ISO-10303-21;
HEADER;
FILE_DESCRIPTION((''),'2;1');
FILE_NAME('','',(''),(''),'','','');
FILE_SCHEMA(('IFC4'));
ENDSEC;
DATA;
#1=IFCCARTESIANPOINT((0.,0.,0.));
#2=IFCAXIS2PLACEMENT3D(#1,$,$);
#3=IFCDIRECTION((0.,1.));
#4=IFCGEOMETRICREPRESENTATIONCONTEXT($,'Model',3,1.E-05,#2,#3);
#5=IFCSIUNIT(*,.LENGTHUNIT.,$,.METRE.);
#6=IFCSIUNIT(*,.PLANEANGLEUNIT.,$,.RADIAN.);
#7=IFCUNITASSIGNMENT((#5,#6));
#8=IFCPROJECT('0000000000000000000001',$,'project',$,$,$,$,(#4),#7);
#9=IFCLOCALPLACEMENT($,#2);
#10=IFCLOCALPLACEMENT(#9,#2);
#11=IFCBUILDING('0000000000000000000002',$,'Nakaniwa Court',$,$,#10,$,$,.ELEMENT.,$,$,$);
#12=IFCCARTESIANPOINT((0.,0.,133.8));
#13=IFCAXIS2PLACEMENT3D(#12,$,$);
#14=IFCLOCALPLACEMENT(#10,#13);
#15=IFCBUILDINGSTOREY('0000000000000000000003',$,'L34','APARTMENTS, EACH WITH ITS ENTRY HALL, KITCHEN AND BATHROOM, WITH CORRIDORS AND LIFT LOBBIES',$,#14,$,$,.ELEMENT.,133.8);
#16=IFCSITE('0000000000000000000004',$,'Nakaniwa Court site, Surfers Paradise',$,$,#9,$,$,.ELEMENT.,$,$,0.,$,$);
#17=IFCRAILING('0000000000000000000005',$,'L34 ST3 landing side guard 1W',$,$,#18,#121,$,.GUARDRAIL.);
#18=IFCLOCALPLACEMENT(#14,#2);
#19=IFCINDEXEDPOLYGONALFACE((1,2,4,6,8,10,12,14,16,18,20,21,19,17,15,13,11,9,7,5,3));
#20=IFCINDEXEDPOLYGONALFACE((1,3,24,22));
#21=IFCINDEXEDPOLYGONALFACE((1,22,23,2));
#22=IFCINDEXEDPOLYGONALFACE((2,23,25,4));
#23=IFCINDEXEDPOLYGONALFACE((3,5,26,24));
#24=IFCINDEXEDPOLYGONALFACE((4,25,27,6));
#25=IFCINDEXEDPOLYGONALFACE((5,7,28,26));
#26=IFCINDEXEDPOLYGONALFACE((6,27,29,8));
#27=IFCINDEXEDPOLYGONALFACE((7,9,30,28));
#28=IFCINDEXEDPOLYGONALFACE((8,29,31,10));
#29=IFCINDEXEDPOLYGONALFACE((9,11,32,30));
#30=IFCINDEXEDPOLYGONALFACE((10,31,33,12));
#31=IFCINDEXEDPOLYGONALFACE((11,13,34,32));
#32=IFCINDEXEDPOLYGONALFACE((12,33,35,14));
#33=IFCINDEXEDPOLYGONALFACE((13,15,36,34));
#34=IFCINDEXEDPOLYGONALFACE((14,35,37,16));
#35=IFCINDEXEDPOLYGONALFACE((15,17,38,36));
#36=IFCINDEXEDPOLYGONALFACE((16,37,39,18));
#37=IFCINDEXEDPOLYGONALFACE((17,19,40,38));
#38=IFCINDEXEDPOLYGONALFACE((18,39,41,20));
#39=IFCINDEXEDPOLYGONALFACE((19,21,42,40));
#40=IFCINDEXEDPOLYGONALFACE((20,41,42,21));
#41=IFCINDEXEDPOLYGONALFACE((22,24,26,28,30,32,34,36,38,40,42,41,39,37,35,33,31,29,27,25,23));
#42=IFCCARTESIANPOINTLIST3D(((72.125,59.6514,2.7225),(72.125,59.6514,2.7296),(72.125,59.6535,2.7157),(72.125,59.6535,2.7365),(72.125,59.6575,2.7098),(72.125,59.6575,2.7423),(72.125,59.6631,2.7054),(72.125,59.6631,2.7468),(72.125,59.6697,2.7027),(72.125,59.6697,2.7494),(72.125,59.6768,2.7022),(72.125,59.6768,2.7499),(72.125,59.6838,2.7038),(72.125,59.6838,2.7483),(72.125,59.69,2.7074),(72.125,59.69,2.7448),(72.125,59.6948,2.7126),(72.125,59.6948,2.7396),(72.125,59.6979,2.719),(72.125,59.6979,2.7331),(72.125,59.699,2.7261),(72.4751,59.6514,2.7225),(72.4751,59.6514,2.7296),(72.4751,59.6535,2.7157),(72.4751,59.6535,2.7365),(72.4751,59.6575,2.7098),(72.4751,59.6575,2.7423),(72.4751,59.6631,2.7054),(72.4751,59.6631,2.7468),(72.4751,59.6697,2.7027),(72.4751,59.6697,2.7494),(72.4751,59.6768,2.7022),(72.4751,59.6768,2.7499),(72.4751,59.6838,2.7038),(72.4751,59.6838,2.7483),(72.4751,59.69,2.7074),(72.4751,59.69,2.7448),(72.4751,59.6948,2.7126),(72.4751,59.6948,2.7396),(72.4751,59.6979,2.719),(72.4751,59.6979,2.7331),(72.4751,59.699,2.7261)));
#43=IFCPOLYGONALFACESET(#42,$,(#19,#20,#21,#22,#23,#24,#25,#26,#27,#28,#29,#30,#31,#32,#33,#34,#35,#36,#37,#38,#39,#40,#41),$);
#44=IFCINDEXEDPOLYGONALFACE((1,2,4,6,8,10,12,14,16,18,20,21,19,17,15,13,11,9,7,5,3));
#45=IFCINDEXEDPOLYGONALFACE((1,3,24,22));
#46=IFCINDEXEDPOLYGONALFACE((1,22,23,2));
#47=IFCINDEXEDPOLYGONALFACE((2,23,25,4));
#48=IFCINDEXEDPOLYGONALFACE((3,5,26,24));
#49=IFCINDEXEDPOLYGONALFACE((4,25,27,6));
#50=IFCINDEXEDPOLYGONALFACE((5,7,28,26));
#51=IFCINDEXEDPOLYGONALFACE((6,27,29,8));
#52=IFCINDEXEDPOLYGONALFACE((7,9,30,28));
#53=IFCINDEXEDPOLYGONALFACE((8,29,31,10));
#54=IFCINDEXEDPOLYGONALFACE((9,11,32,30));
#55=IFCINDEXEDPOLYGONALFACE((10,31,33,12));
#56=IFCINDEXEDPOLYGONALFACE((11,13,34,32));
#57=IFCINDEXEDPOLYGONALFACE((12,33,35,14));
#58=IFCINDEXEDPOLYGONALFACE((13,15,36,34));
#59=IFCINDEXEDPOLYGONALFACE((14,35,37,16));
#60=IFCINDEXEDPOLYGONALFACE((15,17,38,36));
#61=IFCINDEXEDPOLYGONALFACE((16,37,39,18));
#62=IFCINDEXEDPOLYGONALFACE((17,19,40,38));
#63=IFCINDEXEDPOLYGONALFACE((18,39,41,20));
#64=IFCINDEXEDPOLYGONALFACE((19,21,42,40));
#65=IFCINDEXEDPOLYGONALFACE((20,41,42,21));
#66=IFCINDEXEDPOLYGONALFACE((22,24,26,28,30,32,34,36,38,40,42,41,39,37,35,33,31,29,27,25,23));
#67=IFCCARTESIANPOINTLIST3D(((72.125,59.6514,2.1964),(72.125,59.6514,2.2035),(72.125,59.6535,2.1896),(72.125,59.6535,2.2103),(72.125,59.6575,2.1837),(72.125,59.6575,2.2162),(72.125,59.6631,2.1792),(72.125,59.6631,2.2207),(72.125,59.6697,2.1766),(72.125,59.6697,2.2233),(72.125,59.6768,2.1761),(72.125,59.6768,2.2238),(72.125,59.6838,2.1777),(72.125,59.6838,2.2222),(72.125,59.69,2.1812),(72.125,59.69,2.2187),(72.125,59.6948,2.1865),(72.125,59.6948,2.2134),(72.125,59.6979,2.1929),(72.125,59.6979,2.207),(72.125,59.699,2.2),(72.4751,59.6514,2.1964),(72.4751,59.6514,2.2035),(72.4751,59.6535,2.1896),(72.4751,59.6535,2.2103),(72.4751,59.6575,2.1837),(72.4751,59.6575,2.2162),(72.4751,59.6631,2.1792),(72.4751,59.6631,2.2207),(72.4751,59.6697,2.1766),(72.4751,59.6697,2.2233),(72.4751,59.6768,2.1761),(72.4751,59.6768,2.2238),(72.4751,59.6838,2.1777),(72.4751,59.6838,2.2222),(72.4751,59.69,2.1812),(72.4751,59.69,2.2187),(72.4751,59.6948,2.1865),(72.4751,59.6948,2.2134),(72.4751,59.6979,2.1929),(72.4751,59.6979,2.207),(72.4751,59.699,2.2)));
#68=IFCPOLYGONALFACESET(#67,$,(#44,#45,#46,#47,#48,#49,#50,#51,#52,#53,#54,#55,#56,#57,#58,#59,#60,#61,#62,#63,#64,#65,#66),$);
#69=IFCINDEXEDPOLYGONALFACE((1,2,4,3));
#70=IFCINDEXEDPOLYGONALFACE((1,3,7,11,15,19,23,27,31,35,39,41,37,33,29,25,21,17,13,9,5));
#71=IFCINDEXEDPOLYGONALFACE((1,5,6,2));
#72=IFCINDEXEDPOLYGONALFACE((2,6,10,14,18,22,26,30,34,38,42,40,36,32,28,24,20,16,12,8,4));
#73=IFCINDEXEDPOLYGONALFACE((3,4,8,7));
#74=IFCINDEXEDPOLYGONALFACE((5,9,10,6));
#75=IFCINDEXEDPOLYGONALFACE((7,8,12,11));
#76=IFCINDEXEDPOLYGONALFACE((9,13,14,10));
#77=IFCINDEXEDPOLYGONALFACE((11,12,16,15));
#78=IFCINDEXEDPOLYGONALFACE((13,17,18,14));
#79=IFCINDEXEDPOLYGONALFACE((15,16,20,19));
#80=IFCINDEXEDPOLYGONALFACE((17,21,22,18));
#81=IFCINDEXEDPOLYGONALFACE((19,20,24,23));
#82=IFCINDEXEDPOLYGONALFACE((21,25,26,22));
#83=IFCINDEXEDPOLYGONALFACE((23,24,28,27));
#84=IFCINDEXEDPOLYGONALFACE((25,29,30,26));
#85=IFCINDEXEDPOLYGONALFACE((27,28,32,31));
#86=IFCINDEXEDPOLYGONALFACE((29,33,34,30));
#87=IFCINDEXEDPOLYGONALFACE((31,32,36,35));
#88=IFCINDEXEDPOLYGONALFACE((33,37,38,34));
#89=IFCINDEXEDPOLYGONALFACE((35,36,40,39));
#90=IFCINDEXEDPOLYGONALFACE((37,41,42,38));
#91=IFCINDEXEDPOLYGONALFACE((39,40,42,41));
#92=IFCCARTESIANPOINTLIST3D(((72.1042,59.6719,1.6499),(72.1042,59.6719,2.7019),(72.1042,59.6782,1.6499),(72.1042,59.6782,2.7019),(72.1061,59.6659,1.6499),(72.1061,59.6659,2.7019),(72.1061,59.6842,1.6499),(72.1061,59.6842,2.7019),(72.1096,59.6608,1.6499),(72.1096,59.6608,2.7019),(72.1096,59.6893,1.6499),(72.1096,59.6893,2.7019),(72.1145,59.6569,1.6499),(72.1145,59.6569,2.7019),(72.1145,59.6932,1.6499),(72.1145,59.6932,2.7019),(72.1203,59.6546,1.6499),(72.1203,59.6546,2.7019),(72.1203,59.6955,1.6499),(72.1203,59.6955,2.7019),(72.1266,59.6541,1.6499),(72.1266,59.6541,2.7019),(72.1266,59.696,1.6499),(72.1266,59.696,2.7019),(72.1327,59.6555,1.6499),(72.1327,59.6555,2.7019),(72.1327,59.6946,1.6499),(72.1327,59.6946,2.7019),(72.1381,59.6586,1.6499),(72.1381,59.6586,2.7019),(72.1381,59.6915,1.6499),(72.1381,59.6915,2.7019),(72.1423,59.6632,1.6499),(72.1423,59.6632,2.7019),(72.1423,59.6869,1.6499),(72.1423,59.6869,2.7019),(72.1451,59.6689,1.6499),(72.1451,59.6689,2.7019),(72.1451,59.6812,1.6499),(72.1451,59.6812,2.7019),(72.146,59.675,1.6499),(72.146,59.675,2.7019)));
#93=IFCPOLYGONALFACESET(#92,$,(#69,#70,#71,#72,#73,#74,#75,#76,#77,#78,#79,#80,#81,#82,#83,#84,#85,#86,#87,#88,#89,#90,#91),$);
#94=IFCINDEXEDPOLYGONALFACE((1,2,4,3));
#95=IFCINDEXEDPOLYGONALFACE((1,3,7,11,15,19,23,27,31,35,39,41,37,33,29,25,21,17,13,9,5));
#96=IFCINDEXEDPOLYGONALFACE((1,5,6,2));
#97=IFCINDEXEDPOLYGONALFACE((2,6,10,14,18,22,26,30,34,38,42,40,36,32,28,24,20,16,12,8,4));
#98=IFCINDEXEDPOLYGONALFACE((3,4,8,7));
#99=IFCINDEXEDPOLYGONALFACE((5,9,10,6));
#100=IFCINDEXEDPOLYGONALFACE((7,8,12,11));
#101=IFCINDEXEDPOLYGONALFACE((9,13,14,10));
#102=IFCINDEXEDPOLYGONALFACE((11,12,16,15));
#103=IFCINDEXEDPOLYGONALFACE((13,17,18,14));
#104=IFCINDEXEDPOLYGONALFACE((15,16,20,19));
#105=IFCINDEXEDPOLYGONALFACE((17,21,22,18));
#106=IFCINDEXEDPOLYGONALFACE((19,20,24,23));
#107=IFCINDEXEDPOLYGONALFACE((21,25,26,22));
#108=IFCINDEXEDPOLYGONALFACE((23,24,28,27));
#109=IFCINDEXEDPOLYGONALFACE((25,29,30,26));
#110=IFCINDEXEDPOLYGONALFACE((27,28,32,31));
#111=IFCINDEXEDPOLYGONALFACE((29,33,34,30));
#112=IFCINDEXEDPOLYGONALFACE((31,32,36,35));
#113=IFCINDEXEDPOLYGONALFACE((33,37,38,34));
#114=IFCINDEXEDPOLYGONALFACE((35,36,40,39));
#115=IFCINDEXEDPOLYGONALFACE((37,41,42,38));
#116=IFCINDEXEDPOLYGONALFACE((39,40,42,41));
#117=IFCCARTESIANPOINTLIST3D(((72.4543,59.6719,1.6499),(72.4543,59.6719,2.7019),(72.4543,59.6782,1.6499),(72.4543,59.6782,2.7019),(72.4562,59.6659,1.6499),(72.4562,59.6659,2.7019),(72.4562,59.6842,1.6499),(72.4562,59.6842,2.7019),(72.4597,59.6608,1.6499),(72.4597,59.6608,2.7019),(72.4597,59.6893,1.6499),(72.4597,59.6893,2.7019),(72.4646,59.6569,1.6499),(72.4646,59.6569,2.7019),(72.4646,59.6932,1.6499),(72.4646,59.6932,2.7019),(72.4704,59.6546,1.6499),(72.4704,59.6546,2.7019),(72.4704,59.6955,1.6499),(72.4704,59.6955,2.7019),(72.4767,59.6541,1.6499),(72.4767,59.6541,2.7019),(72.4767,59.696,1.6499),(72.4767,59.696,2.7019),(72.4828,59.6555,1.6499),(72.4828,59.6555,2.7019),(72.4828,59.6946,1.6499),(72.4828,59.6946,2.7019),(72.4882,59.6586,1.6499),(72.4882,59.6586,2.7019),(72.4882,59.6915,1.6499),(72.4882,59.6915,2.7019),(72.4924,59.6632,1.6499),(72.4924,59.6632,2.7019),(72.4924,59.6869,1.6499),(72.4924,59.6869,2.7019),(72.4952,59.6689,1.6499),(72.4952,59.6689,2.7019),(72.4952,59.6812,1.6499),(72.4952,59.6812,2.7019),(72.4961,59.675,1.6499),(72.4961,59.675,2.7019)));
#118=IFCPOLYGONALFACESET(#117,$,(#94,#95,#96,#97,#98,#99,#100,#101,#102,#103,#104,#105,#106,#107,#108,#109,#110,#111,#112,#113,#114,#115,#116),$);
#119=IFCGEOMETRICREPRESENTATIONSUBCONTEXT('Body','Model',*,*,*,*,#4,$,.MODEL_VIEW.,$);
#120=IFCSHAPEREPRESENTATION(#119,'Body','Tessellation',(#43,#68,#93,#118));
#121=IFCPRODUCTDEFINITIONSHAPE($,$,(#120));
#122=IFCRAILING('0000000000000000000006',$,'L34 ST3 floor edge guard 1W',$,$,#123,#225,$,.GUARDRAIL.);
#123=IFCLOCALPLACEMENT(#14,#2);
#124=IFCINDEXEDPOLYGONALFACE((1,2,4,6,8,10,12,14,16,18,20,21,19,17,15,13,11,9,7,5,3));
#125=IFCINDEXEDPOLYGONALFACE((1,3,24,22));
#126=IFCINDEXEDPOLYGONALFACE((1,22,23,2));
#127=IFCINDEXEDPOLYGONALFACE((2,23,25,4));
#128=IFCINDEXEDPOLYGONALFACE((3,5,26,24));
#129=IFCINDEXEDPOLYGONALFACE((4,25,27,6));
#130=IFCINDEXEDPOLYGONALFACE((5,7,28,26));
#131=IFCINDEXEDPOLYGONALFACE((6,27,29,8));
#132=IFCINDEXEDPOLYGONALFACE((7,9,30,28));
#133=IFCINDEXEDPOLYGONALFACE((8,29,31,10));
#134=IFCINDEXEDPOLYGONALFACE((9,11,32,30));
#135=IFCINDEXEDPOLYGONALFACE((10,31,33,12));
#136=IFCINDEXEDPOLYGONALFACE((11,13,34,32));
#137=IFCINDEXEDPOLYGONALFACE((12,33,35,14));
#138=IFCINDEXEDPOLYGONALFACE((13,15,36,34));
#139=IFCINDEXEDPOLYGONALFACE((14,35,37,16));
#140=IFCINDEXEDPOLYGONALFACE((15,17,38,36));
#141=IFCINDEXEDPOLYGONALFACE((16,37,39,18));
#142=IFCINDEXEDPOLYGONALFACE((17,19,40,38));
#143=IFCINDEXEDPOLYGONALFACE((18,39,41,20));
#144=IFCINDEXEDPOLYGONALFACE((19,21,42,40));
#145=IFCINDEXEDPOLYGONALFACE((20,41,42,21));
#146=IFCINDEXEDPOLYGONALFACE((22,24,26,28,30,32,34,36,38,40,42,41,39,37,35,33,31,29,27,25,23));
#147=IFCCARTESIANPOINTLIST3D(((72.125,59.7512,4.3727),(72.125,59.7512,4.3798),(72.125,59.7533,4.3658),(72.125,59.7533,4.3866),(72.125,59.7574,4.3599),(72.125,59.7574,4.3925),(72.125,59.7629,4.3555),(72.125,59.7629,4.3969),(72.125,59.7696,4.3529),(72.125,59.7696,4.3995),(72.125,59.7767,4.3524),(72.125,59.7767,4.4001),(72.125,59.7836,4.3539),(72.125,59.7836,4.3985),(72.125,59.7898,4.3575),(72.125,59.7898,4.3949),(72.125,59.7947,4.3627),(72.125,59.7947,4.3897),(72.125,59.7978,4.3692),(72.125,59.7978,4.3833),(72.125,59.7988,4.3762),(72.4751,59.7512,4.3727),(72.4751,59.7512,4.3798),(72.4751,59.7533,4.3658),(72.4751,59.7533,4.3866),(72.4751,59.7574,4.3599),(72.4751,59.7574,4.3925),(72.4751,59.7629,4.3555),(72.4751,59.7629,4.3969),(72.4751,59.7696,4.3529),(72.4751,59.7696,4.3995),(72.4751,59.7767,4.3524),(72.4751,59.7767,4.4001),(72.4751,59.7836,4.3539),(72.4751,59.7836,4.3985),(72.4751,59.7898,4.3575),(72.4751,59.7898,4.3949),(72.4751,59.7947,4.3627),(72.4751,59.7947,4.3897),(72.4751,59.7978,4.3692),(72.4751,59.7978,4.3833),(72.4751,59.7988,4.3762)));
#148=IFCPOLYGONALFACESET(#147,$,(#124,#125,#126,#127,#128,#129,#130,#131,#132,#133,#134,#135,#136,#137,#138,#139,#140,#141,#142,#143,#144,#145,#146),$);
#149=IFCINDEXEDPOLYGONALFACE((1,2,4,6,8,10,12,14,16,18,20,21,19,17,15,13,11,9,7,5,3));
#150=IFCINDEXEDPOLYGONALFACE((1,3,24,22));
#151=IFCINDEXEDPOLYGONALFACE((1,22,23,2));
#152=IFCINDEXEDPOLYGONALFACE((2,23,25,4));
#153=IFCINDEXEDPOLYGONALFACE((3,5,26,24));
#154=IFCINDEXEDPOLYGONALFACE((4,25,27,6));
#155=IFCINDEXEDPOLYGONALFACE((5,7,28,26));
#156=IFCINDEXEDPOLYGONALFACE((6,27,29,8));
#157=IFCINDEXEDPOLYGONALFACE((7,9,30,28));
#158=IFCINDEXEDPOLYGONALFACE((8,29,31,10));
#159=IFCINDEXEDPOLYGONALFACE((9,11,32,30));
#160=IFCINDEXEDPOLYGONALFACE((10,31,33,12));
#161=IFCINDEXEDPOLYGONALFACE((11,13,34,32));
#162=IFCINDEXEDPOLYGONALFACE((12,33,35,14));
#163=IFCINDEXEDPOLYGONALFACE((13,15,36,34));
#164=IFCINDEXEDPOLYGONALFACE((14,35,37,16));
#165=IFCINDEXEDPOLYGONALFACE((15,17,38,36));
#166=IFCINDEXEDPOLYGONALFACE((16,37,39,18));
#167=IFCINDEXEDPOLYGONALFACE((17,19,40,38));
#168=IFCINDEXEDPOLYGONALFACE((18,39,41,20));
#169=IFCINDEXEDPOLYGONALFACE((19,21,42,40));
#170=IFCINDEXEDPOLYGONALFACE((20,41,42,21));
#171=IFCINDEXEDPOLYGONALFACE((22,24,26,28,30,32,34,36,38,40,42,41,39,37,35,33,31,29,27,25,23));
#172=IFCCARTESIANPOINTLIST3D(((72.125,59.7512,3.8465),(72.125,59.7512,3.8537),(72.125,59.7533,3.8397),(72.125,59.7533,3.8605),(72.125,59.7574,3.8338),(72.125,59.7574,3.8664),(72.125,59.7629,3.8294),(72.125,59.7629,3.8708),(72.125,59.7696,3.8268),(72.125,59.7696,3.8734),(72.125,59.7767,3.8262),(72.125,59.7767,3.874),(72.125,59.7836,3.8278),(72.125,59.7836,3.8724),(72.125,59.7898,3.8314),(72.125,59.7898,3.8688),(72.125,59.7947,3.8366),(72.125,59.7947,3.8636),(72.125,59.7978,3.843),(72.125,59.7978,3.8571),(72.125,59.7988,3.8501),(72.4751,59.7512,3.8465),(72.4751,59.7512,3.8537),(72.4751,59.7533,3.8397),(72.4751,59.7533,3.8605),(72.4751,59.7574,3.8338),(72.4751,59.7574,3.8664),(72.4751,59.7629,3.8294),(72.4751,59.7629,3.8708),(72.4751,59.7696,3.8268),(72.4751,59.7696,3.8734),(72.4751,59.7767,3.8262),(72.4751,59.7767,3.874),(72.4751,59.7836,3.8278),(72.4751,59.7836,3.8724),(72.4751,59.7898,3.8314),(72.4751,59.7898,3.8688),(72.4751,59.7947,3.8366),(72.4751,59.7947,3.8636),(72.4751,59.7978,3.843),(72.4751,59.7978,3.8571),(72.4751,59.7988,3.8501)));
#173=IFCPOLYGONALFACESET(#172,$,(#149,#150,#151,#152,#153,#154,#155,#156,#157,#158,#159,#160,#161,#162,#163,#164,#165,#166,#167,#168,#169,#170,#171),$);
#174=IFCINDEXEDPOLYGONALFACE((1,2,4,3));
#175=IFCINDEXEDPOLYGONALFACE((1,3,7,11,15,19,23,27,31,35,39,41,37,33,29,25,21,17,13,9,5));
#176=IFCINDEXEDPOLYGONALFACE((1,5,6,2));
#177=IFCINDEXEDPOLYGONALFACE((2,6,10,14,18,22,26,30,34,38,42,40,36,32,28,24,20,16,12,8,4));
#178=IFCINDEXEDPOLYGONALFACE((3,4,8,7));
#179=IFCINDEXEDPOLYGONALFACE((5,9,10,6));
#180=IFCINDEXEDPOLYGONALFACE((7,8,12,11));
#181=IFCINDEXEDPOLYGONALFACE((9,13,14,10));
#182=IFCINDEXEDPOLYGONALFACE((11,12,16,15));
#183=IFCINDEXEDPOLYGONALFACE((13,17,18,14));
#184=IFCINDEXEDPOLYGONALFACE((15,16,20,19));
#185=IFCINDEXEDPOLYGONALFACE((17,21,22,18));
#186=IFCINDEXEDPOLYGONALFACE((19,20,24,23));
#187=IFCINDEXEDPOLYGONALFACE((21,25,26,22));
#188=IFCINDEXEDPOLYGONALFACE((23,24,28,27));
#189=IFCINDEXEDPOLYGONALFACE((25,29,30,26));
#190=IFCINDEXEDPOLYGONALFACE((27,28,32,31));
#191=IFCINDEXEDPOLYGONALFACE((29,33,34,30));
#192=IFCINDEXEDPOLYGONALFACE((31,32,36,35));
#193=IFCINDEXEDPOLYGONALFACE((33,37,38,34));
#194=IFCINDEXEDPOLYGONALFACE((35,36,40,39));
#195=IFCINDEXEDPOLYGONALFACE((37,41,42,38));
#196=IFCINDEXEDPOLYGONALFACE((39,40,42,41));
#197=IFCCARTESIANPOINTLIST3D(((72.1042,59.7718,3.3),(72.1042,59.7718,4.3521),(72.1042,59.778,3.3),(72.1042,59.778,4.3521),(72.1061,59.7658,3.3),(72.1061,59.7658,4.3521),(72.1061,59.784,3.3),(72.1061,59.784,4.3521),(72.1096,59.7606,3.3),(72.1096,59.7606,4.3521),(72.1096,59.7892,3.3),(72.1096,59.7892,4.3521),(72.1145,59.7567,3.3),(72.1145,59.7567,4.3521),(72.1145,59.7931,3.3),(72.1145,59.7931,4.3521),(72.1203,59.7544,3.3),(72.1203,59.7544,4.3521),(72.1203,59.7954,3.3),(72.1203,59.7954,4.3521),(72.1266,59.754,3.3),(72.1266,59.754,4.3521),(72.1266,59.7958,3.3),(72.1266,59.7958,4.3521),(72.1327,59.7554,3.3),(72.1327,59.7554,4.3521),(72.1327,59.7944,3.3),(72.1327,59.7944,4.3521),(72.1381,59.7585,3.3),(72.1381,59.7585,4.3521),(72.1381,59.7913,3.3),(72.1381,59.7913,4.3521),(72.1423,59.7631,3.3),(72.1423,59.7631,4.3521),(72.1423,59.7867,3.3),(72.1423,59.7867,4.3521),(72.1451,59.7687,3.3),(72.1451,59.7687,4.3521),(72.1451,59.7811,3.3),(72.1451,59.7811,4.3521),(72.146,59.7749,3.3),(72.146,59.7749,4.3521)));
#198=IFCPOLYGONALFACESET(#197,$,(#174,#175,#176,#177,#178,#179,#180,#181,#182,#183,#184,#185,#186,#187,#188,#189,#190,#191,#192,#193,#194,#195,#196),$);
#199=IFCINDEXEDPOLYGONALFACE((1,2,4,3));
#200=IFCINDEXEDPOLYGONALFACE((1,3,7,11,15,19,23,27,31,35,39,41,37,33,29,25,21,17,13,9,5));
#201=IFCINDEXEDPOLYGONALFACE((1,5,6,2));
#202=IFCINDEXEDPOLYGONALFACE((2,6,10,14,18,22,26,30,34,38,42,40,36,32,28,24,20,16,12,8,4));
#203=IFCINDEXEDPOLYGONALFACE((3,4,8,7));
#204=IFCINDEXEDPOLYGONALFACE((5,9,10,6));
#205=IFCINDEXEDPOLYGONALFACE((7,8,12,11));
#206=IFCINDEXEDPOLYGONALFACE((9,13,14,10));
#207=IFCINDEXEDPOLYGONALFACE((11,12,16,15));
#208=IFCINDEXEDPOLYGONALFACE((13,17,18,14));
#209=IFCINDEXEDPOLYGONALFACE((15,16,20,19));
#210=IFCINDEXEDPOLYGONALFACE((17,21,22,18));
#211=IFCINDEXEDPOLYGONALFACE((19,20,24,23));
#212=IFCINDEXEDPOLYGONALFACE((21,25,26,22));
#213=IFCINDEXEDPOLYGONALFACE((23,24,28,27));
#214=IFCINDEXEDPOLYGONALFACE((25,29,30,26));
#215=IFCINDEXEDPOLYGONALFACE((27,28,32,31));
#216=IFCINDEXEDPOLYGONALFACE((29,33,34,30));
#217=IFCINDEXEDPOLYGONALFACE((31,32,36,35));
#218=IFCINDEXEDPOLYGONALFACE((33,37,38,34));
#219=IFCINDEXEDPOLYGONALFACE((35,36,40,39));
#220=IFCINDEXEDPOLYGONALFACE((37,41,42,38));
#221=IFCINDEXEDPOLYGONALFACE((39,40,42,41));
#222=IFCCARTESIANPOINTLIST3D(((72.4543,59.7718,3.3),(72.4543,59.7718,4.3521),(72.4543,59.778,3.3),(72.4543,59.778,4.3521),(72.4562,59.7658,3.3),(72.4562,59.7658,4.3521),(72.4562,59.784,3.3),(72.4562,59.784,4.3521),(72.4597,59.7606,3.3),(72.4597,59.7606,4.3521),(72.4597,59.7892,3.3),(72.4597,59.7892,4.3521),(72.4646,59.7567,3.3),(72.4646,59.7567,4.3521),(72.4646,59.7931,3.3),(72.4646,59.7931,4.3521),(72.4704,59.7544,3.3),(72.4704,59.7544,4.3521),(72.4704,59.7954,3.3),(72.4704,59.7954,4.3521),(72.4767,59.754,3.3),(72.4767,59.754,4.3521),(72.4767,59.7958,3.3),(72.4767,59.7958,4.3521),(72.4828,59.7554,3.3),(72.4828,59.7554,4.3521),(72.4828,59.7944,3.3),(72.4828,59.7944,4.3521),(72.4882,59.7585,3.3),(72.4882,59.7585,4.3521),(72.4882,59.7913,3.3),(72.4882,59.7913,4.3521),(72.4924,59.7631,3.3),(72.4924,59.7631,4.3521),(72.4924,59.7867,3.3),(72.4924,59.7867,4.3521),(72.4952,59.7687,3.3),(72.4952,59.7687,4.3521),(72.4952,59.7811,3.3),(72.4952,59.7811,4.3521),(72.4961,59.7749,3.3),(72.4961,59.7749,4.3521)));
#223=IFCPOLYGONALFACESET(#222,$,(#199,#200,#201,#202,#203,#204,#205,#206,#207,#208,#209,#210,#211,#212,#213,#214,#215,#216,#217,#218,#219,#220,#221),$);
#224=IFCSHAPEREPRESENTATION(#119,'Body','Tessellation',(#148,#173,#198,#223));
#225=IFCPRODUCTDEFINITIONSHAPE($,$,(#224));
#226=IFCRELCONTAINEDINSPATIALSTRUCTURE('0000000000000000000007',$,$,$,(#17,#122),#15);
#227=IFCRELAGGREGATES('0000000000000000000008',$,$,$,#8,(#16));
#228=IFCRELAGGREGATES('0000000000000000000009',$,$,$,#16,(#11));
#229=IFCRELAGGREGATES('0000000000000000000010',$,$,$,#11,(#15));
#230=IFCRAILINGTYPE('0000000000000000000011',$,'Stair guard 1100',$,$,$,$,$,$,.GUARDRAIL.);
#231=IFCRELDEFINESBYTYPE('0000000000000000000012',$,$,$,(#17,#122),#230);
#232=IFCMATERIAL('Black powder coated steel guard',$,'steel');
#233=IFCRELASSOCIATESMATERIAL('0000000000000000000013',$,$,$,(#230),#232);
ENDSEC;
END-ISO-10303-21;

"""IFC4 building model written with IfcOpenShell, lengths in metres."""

from ifc_helpers import new_model, si_unit, direction, frame, origin, origin_2d, place, context, subcontext, project, spatial, circle, extrude, material, type_object, element, save


model = new_model("IFC4")

# Units and contexts
model_context = context("Model", 3, precision=1e-05, world=origin(), true_north=direction((0.0, 1.0)))
body_context = subcontext(model_context, "Body", "Model", "MODEL_VIEW")
ifc_project = project(units=[si_unit("LENGTHUNIT", "METRE"), si_unit("PLANEANGLEUNIT", "RADIAN")], contexts=[model_context])

# Site, building, storey
site_placement = place(None, origin())
site = spatial("IfcSite", under=ifc_project, at=site_placement, Name="Nakaniwa Court site, Surfers Paradise", CompositionType="ELEMENT", RefElevation=0.0)
building_placement = place(site_placement, origin())
building = spatial("IfcBuilding", under=site, at=building_placement, Name="Nakaniwa Court", CompositionType="ELEMENT")
storey_placement = place(building_placement, frame((0.0, 0.0, 133.8)))
storey = spatial("IfcBuildingStorey", under=building, at=storey_placement, Name="L34", Description="APARTMENTS, EACH WITH ITS ENTRY HALL, KITCHEN AND BATHROOM, WITH CORRIDORS AND LIFT LOBBIES", CompositionType="ELEMENT", Elevation=133.8)

# Railings
ifc_material_1 = material(Name="Black powder coated steel guard", Category="steel")
railing_type_1 = type_object("IfcRailingType", Name="Stair guard 1100", PredefinedType="GUARDRAIL", material=ifc_material_1)
for number, where, name in (
    (1, (72.125, 59.675, 1.6499), "L34 ST3 landing side guard 1W"),
    (2, (72.125, 59.7749, 3.3), "L34 ST3 floor edge guard 1W"),
):
    element("IfcRailing", number, at=place(storey_placement, frame(where)), inside=storey, type_object=railing_type_1, Name=name, PredefinedType="GUARDRAIL", context=body_context, shape_type="SweptSolid", body=[
        extrude(circle(Radius=0.0239, at=origin_2d()), frame((0.0, 0.0, 1.0762), z_axis=(1.0, 0.0, 0.0), x_axis=(0.0, 1.0, 0.0)), (0.0, 0.0, 1.0), 0.3501),
        extrude(circle(Radius=0.0239, at=origin_2d()), frame((0.0, 0.0, 0.55), z_axis=(1.0, 0.0, 0.0), x_axis=(0.0, 1.0, 0.0)), (0.0, 0.0, 1.0), 0.3501),
        extrude(circle(Radius=0.021, at=origin_2d()), origin(), (0.0, 0.0, 1.0), 1.052),
        extrude(circle(Radius=0.021, at=origin_2d()), frame((0.3501, 0.0, 0.0)), (0.0, 0.0, 1.0), 1.052),
    ])

save(model, "model.ifc")
